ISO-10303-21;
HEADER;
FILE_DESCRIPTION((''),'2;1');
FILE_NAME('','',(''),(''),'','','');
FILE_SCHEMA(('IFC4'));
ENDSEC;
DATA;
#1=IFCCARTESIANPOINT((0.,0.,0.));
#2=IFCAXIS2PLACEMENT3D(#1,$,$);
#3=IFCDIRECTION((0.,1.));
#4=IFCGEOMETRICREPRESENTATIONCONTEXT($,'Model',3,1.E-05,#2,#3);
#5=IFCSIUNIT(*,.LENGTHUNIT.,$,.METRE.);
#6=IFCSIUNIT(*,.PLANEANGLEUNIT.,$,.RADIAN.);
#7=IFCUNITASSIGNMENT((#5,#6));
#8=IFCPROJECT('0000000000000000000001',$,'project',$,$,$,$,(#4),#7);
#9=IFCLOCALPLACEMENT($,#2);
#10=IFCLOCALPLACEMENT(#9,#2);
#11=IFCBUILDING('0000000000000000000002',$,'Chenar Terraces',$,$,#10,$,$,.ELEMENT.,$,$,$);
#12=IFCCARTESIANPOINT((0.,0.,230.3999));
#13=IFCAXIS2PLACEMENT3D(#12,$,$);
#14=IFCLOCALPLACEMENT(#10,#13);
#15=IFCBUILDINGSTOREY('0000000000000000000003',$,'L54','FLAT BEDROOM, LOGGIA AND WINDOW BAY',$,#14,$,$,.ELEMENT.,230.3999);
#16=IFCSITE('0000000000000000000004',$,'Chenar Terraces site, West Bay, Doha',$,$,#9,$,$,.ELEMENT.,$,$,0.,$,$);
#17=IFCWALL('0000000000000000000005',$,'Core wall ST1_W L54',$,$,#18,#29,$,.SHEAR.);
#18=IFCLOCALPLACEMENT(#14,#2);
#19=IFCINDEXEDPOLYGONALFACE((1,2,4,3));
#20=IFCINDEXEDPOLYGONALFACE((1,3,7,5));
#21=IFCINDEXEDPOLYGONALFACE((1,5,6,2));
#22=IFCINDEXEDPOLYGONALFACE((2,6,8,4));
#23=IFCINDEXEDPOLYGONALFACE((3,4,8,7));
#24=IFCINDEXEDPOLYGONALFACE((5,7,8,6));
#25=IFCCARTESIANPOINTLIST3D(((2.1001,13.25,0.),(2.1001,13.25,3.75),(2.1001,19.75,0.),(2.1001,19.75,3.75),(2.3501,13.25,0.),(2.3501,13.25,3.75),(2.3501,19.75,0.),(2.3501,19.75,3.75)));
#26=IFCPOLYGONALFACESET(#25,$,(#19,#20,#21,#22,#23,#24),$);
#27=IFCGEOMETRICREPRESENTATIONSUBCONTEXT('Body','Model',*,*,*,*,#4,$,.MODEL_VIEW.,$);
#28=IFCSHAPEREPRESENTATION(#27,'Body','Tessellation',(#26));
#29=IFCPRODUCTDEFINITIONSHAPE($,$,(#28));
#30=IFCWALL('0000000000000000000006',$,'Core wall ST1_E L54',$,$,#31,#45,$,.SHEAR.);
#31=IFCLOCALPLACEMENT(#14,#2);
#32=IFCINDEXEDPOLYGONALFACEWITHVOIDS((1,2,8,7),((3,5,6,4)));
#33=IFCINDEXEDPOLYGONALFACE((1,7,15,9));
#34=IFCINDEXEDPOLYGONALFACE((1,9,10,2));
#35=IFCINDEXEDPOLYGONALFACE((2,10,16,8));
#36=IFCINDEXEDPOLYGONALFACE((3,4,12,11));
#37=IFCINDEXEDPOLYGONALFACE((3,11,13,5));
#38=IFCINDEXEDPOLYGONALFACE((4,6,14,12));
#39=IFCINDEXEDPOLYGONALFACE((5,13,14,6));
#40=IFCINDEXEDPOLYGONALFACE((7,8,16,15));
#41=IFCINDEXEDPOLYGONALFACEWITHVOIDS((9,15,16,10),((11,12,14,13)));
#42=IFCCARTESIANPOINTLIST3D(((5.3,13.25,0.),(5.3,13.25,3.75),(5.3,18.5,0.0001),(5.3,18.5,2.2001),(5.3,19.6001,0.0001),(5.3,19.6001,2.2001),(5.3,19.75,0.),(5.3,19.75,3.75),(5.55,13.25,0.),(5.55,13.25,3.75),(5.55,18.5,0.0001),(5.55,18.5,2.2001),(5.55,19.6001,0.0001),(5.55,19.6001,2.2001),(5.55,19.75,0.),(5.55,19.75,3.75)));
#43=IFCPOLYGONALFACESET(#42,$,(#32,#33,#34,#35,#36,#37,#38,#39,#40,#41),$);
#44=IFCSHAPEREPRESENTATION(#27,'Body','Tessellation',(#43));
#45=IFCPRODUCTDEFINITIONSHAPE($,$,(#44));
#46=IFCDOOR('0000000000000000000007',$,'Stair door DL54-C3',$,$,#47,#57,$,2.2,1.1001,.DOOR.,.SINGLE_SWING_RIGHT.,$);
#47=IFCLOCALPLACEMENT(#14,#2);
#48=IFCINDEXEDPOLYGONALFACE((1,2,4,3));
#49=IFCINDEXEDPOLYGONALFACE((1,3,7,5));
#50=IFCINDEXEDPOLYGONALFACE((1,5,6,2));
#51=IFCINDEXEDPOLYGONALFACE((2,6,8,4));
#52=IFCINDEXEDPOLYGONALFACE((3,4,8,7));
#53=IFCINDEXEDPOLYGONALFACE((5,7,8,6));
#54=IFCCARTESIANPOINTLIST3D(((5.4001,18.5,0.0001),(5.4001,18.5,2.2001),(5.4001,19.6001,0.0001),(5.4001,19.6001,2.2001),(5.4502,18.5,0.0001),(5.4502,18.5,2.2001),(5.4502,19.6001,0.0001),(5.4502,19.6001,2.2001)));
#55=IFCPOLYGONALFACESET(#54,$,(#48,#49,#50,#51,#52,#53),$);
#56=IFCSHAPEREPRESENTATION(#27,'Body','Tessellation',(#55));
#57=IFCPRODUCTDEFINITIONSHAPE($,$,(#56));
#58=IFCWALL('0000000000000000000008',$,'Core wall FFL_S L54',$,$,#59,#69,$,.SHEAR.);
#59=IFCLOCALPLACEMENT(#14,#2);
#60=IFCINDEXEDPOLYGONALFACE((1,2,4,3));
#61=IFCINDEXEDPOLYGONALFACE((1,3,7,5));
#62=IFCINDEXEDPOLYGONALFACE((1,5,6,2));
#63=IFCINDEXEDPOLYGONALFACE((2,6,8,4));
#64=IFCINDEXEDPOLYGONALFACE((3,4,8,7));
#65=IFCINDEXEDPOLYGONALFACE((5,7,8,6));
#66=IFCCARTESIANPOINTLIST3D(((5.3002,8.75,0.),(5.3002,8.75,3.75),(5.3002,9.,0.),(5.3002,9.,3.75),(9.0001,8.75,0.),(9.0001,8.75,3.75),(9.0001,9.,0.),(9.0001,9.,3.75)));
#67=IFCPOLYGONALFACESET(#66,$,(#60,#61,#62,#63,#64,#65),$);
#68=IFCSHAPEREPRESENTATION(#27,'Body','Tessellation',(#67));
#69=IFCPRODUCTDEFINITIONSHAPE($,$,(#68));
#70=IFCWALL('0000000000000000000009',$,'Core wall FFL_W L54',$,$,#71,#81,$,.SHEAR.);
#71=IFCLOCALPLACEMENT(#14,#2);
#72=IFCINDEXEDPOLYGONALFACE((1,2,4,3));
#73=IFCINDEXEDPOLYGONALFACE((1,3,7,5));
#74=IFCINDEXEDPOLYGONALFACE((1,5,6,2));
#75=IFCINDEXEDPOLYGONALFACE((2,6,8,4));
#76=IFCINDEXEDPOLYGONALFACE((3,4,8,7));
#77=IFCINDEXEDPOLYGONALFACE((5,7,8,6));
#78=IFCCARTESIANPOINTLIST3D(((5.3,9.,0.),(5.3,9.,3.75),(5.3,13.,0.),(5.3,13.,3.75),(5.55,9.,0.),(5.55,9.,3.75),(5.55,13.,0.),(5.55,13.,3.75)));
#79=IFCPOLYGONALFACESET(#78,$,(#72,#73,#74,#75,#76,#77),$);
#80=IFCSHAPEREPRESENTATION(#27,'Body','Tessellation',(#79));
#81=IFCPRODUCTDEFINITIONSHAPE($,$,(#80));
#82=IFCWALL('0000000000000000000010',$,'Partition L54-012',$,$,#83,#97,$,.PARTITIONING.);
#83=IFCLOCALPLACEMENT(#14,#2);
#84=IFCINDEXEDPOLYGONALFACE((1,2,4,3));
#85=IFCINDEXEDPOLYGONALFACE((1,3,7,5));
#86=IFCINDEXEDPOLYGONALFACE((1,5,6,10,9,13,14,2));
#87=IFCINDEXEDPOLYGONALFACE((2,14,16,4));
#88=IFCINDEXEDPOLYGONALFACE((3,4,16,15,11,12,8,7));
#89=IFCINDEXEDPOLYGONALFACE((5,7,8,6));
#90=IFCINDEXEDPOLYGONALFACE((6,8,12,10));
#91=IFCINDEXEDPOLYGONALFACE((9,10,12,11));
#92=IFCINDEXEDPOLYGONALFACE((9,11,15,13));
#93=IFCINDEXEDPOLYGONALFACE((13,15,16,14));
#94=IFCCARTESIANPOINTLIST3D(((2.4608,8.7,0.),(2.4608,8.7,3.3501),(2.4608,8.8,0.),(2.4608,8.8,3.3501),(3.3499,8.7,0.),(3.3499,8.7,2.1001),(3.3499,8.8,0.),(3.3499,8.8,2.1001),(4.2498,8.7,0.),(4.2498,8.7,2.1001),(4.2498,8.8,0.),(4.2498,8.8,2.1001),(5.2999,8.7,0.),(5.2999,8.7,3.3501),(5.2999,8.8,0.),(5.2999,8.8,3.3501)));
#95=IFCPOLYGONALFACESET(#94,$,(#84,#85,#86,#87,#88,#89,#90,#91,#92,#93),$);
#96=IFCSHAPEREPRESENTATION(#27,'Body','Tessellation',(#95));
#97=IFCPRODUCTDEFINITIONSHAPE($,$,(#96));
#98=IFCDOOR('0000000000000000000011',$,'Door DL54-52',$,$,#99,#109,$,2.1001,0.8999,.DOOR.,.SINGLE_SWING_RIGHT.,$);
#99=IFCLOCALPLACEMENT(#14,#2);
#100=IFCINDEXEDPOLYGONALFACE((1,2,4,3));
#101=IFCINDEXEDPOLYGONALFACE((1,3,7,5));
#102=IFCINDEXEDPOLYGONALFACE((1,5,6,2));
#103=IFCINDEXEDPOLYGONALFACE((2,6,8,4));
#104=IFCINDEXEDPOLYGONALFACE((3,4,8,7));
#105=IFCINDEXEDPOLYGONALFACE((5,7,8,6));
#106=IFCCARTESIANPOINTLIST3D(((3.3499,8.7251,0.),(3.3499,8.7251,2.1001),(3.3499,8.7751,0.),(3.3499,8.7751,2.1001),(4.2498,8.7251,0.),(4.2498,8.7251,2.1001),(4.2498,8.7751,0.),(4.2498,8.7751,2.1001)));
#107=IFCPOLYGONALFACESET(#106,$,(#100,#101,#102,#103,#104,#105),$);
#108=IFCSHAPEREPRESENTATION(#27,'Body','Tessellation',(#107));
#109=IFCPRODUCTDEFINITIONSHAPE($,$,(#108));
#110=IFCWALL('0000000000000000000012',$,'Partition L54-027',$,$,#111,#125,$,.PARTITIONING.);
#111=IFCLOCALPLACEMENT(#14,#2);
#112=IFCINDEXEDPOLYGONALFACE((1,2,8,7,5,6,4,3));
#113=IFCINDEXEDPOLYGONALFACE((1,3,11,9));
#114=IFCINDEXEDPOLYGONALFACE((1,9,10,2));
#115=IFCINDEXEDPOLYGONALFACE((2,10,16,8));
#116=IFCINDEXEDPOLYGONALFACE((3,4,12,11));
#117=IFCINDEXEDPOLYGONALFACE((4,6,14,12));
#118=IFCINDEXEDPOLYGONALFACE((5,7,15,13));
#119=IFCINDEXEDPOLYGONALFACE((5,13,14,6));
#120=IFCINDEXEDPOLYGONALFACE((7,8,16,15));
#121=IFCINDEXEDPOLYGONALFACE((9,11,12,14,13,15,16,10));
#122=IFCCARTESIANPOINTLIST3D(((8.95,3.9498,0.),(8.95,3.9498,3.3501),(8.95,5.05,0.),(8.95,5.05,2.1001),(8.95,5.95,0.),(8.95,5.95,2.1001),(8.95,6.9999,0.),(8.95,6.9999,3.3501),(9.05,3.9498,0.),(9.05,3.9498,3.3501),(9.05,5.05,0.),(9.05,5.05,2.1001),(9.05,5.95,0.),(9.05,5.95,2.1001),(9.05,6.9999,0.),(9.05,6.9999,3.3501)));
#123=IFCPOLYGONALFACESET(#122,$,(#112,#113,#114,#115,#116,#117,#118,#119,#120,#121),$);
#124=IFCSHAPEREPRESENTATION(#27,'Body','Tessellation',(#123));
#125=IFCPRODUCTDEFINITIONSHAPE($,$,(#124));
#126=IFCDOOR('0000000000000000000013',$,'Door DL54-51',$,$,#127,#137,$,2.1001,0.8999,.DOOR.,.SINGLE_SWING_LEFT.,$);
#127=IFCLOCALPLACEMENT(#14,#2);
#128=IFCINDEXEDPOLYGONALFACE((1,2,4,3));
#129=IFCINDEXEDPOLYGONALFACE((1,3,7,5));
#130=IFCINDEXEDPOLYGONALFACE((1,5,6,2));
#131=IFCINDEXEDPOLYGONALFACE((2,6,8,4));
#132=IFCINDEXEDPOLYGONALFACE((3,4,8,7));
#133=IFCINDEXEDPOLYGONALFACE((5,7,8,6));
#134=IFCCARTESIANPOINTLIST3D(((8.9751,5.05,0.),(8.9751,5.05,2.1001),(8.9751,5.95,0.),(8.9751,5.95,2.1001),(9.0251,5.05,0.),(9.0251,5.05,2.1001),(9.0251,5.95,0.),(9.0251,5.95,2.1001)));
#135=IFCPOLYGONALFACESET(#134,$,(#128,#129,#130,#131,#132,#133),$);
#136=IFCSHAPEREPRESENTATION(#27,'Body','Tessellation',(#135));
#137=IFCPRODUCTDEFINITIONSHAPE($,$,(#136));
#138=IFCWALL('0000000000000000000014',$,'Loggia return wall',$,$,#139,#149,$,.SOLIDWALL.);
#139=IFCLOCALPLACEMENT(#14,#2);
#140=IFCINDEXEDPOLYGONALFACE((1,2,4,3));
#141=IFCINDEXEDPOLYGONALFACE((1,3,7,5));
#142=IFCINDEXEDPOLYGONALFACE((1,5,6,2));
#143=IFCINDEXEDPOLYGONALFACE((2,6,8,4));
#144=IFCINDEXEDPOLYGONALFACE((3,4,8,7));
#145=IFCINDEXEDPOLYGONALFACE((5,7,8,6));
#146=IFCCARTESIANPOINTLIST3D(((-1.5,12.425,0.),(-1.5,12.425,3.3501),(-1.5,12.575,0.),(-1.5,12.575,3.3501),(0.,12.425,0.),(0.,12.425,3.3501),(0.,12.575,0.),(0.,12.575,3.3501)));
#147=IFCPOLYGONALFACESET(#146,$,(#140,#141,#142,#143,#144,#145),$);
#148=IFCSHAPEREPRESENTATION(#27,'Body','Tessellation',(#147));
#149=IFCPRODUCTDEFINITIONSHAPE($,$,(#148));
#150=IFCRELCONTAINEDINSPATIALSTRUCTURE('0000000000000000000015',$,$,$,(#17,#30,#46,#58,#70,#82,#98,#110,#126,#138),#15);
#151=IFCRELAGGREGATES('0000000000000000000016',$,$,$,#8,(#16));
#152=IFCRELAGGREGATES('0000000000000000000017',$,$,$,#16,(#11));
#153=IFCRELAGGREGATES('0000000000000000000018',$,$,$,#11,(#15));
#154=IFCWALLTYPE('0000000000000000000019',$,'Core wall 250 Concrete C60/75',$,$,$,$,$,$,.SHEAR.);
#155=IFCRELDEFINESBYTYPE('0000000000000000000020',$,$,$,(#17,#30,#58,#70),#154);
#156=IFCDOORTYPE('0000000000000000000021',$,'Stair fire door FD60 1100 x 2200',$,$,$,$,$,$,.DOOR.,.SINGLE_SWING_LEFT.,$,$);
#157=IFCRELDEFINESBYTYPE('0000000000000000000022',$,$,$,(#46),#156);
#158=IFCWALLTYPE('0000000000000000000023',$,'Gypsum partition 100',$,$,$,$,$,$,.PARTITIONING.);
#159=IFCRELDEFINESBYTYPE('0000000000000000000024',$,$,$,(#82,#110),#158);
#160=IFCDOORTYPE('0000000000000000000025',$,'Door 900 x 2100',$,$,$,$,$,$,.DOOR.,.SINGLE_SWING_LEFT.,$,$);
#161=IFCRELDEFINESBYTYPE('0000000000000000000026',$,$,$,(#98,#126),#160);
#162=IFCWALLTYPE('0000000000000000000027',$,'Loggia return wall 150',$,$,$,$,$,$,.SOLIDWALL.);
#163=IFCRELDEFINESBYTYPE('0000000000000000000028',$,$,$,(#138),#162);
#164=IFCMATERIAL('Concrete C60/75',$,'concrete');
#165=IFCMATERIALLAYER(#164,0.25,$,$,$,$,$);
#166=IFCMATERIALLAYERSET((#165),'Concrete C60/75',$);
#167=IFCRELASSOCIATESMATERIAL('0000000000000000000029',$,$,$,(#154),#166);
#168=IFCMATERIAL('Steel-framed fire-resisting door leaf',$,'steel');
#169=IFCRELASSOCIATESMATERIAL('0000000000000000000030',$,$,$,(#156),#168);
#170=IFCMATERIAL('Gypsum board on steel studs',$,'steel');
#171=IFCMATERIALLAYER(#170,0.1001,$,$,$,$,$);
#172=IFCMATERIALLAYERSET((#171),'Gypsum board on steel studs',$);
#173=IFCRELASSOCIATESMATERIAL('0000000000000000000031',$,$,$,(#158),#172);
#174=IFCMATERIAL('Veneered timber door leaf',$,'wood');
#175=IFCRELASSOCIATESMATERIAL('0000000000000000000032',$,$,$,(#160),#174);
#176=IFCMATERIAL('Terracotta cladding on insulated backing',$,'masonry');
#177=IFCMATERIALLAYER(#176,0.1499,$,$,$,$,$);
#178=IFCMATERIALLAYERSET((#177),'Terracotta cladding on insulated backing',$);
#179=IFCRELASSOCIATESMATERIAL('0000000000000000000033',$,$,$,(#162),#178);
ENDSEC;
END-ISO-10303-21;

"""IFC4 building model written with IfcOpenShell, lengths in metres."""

from ifc_helpers import new_model, si_unit, direction, frame, frame_2d, origin, place, context, subcontext, project, spatial, rectangle, extrude, material, layer, layer_set, type_object, element, fill, save


model = new_model("IFC4")

# Units and contexts
model_context = context("Model", 3, precision=1e-05, world=origin(), true_north=direction((0.0, 1.0)))
body_context = subcontext(model_context, "Body", "Model", "MODEL_VIEW")
ifc_project = project(units=[si_unit("LENGTHUNIT", "METRE"), si_unit("PLANEANGLEUNIT", "RADIAN")], contexts=[model_context])

# Site, building, storey
site_placement = place(None, origin())
site = spatial("IfcSite", under=ifc_project, at=site_placement, Name="Chenar Terraces site, West Bay, Doha", CompositionType="ELEMENT", RefElevation=0.0)
building_placement = place(site_placement, origin())
building = spatial("IfcBuilding", under=site, at=building_placement, Name="Chenar Terraces", CompositionType="ELEMENT")
storey_placement = place(building_placement, frame((0.0, 0.0, 230.3999)))
storey = spatial("IfcBuildingStorey", under=building, at=storey_placement, Name="L54", Description="FLAT BEDROOM, LOGGIA AND WINDOW BAY", CompositionType="ELEMENT", Elevation=230.3999)

# Wall
ifc_material_1 = material(Name="Concrete C60/75", Category="concrete")
ifc_layer_1 = layer(ifc_material_1, 0.25)
ifc_layer_set_1 = layer_set([ifc_layer_1], Name="Concrete C60/75")
wall_type_1 = type_object("IfcWallType", Name="Core wall 250 Concrete C60/75", PredefinedType="SHEAR", material=ifc_layer_set_1)
wall_1_placement = place(storey_placement, frame((2.2251, 13.25, 0.0), z_axis=(0.0, 0.0, 1.0), x_axis=(0.0, 1.0, 0.0)))
element("IfcWall", 1, at=wall_1_placement, inside=storey, type_object=wall_type_1, Name="Core wall ST1_W L54", PredefinedType="SHEAR", context=body_context, shape_type="SweptSolid", body=[
    extrude(rectangle(XDim=6.5, YDim=0.25, at=frame_2d((3.25, 0.0))), origin(), (0.0, 0.0, 1.0), 3.75),
])

# Wall, opening, door
wall_2_placement = place(storey_placement, frame((5.425, 13.25, 0.0), z_axis=(0.0, 0.0, 1.0), x_axis=(0.0, 1.0, 0.0)))
wall_2 = element("IfcWall", 2, at=wall_2_placement, inside=storey, type_object=wall_type_1, Name="Core wall ST1_E L54", PredefinedType="SHEAR", context=body_context, shape_type="SweptSolid", body=[
    extrude(rectangle(XDim=6.5, YDim=0.25, at=frame_2d((3.25, 0.0))), origin(), (0.0, 0.0, 1.0), 3.75),
])
opening_1_placement = place(wall_2_placement, frame((5.25, 0.0, 0.0)))
opening_1 = element("IfcOpeningElement", 3, at=opening_1_placement, cuts=wall_2, PredefinedType="OPENING", context=body_context, shape_type="SweptSolid", body=[
    extrude(rectangle(XDim=1.1001, YDim=2.2, at=frame_2d((0.55, 1.1001))), frame((0.0, 0.135, 0.0), z_axis=(0.0, -1.0, 0.0), x_axis=(1.0, 0.0, 0.0)), (0.0, 0.0, 1.0), 0.27),
])
ifc_material_2 = material(Name="Steel-framed fire-resisting door leaf", Category="steel")
door_type_1 = type_object("IfcDoorType", Name="Stair fire door FD60 1100 x 2200", OperationType="SINGLE_SWING_LEFT", PredefinedType="DOOR", material=ifc_material_2)
door_1_placement = place(opening_1_placement, origin())
door_1 = element("IfcDoor", 4, at=door_1_placement, inside=storey, type_object=door_type_1, Name="Stair door DL54-C3", OperationType="SINGLE_SWING_RIGHT", OverallHeight=2.2, OverallWidth=1.1001, PredefinedType="DOOR", context=body_context, shape_type="SweptSolid", body=[
    extrude(rectangle(XDim=1.1001, YDim=2.2, at=frame_2d((0.55, 1.1001))), frame((0.0, 0.0249, 0.0), z_axis=(0.0, -1.0, 0.0), x_axis=(1.0, 0.0, 0.0)), (0.0, 0.0, 1.0), 0.05),
])
fill(opening_1, door_1)

# Walls
wall_3_placement = place(storey_placement, frame((5.3, 8.875, 0.0), z_axis=(0.0, 0.0, 1.0), x_axis=(1.0, 0.0, 0.0)))
element("IfcWall", 5, at=wall_3_placement, inside=storey, type_object=wall_type_1, Name="Core wall FFL_S L54", PredefinedType="SHEAR", context=body_context, shape_type="SweptSolid", body=[
    extrude(rectangle(XDim=3.7, YDim=0.25, at=frame_2d((1.8501, 0.0))), origin(), (0.0, 0.0, 1.0), 3.75),
])
wall_4_placement = place(storey_placement, frame((5.425, 9.0, 0.0), z_axis=(0.0, 0.0, 1.0), x_axis=(0.0, 1.0, 0.0)))
element("IfcWall", 6, at=wall_4_placement, inside=storey, type_object=wall_type_1, Name="Core wall FFL_W L54", PredefinedType="SHEAR", context=body_context, shape_type="SweptSolid", body=[
    extrude(rectangle(XDim=4.0, YDim=0.25, at=frame_2d((2.0, 0.0))), origin(), (0.0, 0.0, 1.0), 3.75),
])

# Walls, openings, doors
ifc_material_3 = material(Name="Gypsum board on steel studs", Category="steel")
ifc_layer_2 = layer(ifc_material_3, 0.1001)
ifc_layer_set_2 = layer_set([ifc_layer_2], Name="Gypsum board on steel studs")
wall_type_2 = type_object("IfcWallType", Name="Gypsum partition 100", PredefinedType="PARTITIONING", material=ifc_layer_set_2)
wall_5_placement = place(storey_placement, frame((2.4609, 8.75, 0.0), z_axis=(0.0, 0.0, 1.0), x_axis=(1.0, 0.0, 0.0)))
wall_5 = element("IfcWall", 7, at=wall_5_placement, inside=storey, type_object=wall_type_2, Name="Partition L54-012", PredefinedType="PARTITIONING", context=body_context, shape_type="SweptSolid", body=[
    extrude(rectangle(XDim=2.8391, YDim=0.1001, at=frame_2d((1.4194, 0.0))), origin(), (0.0, 0.0, 1.0), 3.3501),
])
opening_2_placement = place(wall_5_placement, frame((0.8889, 0.0, 0.0)))
opening_2 = element("IfcOpeningElement", 8, at=opening_2_placement, cuts=wall_5, PredefinedType="OPENING", context=body_context, shape_type="SweptSolid", body=[
    extrude(rectangle(XDim=0.8999, YDim=2.1001, at=frame_2d((0.45, 1.05))), frame((0.0, 0.0601, 0.0), z_axis=(0.0, -1.0, 0.0), x_axis=(1.0, 0.0, 0.0)), (0.0, 0.0, 1.0), 0.1201),
])
ifc_material_4 = material(Name="Veneered timber door leaf", Category="wood")
door_type_2 = type_object("IfcDoorType", Name="Door 900 x 2100", OperationType="SINGLE_SWING_LEFT", PredefinedType="DOOR", material=ifc_material_4)
door_2_placement = place(opening_2_placement, frame((0.8999, 0.0, 0.0), z_axis=(0.0, 0.0, 1.0), x_axis=(-1.0, 0.0, 0.0)))
door_2 = element("IfcDoor", 9, at=door_2_placement, inside=storey, type_object=door_type_2, Name="Door DL54-52", OperationType="SINGLE_SWING_RIGHT", OverallHeight=2.1001, OverallWidth=0.8999, PredefinedType="DOOR", context=body_context, shape_type="SweptSolid", body=[
    extrude(rectangle(XDim=0.8999, YDim=2.1001, at=frame_2d((0.45, 1.05))), frame((0.0, 0.0249, 0.0), z_axis=(0.0, -1.0, 0.0), x_axis=(1.0, 0.0, 0.0)), (0.0, 0.0, 1.0), 0.05),
])
fill(opening_2, door_2)
wall_6_placement = place(storey_placement, frame((9.0, 3.95, 0.0), z_axis=(0.0, 0.0, 1.0), x_axis=(0.0, 1.0, 0.0)))
wall_6 = element("IfcWall", 10, at=wall_6_placement, inside=storey, type_object=wall_type_2, Name="Partition L54-027", PredefinedType="PARTITIONING", context=body_context, shape_type="SweptSolid", body=[
    extrude(rectangle(XDim=3.05, YDim=0.1001, at=frame_2d((1.5249, 0.0))), origin(), (0.0, 0.0, 1.0), 3.3501),
])
opening_3_placement = place(wall_6_placement, frame((1.1001, 0.0, 0.0)))
opening_3 = element("IfcOpeningElement", 11, at=opening_3_placement, cuts=wall_6, PredefinedType="OPENING", context=body_context, shape_type="SweptSolid", body=[
    extrude(rectangle(XDim=0.8999, YDim=2.1001, at=frame_2d((0.45, 1.05))), frame((0.0, 0.0601, 0.0), z_axis=(0.0, -1.0, 0.0), x_axis=(1.0, 0.0, 0.0)), (0.0, 0.0, 1.0), 0.1201),
])
door_3_placement = place(opening_3_placement, origin())
door_3 = element("IfcDoor", 12, at=door_3_placement, inside=storey, type_object=door_type_2, Name="Door DL54-51", OperationType="SINGLE_SWING_LEFT", OverallHeight=2.1001, OverallWidth=0.8999, PredefinedType="DOOR", context=body_context, shape_type="SweptSolid", body=[
    extrude(rectangle(XDim=0.8999, YDim=2.1001, at=frame_2d((0.45, 1.05))), frame((0.0, 0.0249, 0.0), z_axis=(0.0, -1.0, 0.0), x_axis=(1.0, 0.0, 0.0)), (0.0, 0.0, 1.0), 0.05),
])
fill(opening_3, door_3)

# Wall
ifc_material_5 = material(Name="Terracotta cladding on insulated backing", Category="masonry")
ifc_layer_3 = layer(ifc_material_5, 0.1499)
ifc_layer_set_3 = layer_set([ifc_layer_3], Name="Terracotta cladding on insulated backing")
wall_type_3 = type_object("IfcWallType", Name="Loggia return wall 150", PredefinedType="SOLIDWALL", material=ifc_layer_set_3)
wall_7_placement = place(storey_placement, frame((-1.5, 12.5, 0.0), z_axis=(0.0, 0.0, 1.0), x_axis=(1.0, 0.0, 0.0)))
element("IfcWall", 13, at=wall_7_placement, inside=storey, type_object=wall_type_3, Name="Loggia return wall", PredefinedType="SOLIDWALL", context=body_context, shape_type="SweptSolid", body=[
    extrude(rectangle(XDim=1.5, YDim=0.1499, at=frame_2d((0.75, 0.0))), origin(), (0.0, 0.0, 1.0), 3.3501),
])

save(model, "model.ifc")
